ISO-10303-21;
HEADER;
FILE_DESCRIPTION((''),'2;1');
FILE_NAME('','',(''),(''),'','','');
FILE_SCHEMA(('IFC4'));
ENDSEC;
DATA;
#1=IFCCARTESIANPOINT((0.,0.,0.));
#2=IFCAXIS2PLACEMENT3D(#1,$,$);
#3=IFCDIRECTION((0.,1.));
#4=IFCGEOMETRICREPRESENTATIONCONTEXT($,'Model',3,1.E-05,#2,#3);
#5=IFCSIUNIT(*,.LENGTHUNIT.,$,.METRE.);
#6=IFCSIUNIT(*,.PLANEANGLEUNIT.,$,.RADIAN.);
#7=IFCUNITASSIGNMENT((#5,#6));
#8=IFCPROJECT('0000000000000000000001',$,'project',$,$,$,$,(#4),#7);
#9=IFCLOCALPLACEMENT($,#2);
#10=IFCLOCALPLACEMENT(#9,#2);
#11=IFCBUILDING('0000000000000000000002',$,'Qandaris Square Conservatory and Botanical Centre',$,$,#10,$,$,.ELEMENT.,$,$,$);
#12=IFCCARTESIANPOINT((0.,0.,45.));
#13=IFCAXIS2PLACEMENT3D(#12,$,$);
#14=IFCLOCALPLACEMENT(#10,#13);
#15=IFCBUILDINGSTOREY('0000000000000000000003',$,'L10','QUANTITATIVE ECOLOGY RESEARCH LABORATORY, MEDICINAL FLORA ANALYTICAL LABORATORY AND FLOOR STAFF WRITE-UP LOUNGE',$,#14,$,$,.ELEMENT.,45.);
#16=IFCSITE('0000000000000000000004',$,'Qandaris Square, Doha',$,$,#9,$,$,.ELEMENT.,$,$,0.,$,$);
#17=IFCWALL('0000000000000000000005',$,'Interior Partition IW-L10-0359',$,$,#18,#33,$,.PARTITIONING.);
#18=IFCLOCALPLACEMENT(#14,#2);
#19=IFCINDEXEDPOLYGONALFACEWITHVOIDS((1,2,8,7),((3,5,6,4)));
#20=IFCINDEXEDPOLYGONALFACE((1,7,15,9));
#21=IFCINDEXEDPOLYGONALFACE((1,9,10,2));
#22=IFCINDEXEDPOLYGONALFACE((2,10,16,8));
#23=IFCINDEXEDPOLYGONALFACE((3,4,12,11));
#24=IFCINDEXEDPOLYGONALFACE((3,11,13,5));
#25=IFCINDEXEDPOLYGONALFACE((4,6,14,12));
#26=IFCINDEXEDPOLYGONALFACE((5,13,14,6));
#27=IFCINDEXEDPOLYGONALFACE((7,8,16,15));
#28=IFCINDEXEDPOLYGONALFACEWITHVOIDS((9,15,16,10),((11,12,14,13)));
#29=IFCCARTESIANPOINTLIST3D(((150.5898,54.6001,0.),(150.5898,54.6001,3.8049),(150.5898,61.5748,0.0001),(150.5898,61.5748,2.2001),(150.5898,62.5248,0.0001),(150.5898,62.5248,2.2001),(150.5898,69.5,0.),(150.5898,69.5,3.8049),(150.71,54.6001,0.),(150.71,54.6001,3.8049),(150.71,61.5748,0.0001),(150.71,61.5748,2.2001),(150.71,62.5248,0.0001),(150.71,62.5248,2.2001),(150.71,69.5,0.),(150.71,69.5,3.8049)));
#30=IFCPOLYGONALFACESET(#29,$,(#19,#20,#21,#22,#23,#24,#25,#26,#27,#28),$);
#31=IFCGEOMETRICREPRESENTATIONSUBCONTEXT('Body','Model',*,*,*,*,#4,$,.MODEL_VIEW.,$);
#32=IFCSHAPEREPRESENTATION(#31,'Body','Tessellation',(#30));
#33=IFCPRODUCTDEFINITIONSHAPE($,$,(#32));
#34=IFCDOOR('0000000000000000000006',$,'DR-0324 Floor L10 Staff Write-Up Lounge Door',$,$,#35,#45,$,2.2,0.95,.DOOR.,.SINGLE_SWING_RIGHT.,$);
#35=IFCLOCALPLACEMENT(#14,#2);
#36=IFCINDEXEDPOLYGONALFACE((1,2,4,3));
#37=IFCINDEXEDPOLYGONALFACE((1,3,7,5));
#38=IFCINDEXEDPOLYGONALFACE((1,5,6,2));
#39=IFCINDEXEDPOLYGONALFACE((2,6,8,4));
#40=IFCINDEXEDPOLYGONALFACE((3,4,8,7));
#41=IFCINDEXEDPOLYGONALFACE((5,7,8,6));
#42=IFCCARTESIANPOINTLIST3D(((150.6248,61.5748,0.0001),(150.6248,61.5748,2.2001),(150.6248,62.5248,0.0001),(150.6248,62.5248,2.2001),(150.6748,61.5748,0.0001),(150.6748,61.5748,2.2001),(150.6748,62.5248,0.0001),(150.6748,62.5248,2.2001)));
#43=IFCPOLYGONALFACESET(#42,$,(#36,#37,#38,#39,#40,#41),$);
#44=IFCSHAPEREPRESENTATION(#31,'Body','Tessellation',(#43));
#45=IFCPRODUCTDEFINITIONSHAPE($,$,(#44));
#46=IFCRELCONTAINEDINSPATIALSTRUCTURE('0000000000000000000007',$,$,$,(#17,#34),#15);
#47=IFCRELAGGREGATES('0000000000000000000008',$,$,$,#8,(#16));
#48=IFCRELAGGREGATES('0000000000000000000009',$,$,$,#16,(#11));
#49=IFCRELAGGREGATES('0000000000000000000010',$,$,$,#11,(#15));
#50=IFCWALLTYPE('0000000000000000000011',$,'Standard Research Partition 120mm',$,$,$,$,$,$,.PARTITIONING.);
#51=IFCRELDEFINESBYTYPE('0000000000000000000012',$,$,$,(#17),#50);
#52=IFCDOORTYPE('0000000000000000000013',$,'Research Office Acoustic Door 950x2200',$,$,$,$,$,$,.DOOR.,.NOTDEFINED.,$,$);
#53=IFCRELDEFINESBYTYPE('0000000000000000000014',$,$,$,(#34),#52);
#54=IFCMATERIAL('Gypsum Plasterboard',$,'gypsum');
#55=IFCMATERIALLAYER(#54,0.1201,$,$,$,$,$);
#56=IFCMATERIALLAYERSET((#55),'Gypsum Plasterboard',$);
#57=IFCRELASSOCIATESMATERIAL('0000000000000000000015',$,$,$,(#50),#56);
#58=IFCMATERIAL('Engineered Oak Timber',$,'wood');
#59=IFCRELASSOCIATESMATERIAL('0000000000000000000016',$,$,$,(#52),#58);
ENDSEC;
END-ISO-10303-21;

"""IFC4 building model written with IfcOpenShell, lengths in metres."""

from ifc_helpers import new_model, si_unit, direction, frame, frame_2d, origin, place, context, subcontext, project, spatial, rectangle, extrude, material, layer, layer_set, type_object, element, fill, save


model = new_model("IFC4")

# Units and contexts
model_context = context("Model", 3, precision=1e-05, world=origin(), true_north=direction((0.0, 1.0)))
body_context = subcontext(model_context, "Body", "Model", "MODEL_VIEW")
ifc_project = project(units=[si_unit("LENGTHUNIT", "METRE"), si_unit("PLANEANGLEUNIT", "RADIAN")], contexts=[model_context])

# Site, building, storey
site_placement = place(None, origin())
site = spatial("IfcSite", under=ifc_project, at=site_placement, Name="Qandaris Square, Doha", CompositionType="ELEMENT", RefElevation=0.0)
building_placement = place(site_placement, origin())
building = spatial("IfcBuilding", under=site, at=building_placement, Name="Qandaris Square Conservatory and Botanical Centre", CompositionType="ELEMENT")
storey_placement = place(building_placement, frame((0.0, 0.0, 45.0)))
storey = spatial("IfcBuildingStorey", under=building, at=storey_placement, Name="L10", Description="QUANTITATIVE ECOLOGY RESEARCH LABORATORY, MEDICINAL FLORA ANALYTICAL LABORATORY AND FLOOR STAFF WRITE-UP LOUNGE", CompositionType="ELEMENT", Elevation=45.0)

# Wall, opening, door
ifc_material_1 = material(Name="Gypsum Plasterboard", Category="gypsum")
ifc_layer_1 = layer(ifc_material_1, 0.1201)
ifc_layer_set_1 = layer_set([ifc_layer_1], Name="Gypsum Plasterboard")
wall_type_1 = type_object("IfcWallType", Name="Standard Research Partition 120mm", PredefinedType="PARTITIONING", material=ifc_layer_set_1)
wall_1_placement = place(storey_placement, frame((150.6499, 69.5, 0.0), z_axis=(0.0, 0.0, 1.0), x_axis=(0.0, -1.0, 0.0)))
wall_1 = element("IfcWall", 1, at=wall_1_placement, inside=storey, type_object=wall_type_1, Name="Interior Partition IW-L10-0359", PredefinedType="PARTITIONING", context=body_context, shape_type="SweptSolid", body=[
    extrude(rectangle(XDim=14.8999, YDim=0.1201, at=frame_2d((7.45, 0.0))), origin(), (0.0, 0.0, 1.0), 3.8049),
])
opening_1_placement = place(wall_1_placement, frame((6.9751, 0.0, 0.0)))
opening_1 = element("IfcOpeningElement", 2, at=opening_1_placement, cuts=wall_1, PredefinedType="OPENING", context=body_context, shape_type="SweptSolid", body=[
    extrude(rectangle(XDim=0.95, YDim=2.2, at=frame_2d((0.4751, 1.1001))), frame((0.0, 0.072, 0.0), z_axis=(0.0, -1.0, 0.0), x_axis=(1.0, 0.0, 0.0)), (0.0, 0.0, 1.0), 0.144),
])
ifc_material_2 = material(Name="Engineered Oak Timber", Category="wood")
door_type = type_object("IfcDoorType", Name="Research Office Acoustic Door 950x2200", OperationType="NOTDEFINED", PredefinedType="DOOR", material=ifc_material_2)
door_placement = place(opening_1_placement, origin())
door = element("IfcDoor", 3, at=door_placement, inside=storey, type_object=door_type, Name="DR-0324 Floor L10 Staff Write-Up Lounge Door", OperationType="SINGLE_SWING_RIGHT", OverallHeight=2.2, OverallWidth=0.95, PredefinedType="DOOR", context=body_context, shape_type="SweptSolid", body=[
    extrude(rectangle(XDim=0.95, YDim=2.2, at=frame_2d((0.4751, 1.1001))), frame((0.0, 0.0249, 0.0), z_axis=(0.0, -1.0, 0.0), x_axis=(1.0, 0.0, 0.0)), (0.0, 0.0, 1.0), 0.05),
])
fill(opening_1, door)

save(model, "model.ifc")
